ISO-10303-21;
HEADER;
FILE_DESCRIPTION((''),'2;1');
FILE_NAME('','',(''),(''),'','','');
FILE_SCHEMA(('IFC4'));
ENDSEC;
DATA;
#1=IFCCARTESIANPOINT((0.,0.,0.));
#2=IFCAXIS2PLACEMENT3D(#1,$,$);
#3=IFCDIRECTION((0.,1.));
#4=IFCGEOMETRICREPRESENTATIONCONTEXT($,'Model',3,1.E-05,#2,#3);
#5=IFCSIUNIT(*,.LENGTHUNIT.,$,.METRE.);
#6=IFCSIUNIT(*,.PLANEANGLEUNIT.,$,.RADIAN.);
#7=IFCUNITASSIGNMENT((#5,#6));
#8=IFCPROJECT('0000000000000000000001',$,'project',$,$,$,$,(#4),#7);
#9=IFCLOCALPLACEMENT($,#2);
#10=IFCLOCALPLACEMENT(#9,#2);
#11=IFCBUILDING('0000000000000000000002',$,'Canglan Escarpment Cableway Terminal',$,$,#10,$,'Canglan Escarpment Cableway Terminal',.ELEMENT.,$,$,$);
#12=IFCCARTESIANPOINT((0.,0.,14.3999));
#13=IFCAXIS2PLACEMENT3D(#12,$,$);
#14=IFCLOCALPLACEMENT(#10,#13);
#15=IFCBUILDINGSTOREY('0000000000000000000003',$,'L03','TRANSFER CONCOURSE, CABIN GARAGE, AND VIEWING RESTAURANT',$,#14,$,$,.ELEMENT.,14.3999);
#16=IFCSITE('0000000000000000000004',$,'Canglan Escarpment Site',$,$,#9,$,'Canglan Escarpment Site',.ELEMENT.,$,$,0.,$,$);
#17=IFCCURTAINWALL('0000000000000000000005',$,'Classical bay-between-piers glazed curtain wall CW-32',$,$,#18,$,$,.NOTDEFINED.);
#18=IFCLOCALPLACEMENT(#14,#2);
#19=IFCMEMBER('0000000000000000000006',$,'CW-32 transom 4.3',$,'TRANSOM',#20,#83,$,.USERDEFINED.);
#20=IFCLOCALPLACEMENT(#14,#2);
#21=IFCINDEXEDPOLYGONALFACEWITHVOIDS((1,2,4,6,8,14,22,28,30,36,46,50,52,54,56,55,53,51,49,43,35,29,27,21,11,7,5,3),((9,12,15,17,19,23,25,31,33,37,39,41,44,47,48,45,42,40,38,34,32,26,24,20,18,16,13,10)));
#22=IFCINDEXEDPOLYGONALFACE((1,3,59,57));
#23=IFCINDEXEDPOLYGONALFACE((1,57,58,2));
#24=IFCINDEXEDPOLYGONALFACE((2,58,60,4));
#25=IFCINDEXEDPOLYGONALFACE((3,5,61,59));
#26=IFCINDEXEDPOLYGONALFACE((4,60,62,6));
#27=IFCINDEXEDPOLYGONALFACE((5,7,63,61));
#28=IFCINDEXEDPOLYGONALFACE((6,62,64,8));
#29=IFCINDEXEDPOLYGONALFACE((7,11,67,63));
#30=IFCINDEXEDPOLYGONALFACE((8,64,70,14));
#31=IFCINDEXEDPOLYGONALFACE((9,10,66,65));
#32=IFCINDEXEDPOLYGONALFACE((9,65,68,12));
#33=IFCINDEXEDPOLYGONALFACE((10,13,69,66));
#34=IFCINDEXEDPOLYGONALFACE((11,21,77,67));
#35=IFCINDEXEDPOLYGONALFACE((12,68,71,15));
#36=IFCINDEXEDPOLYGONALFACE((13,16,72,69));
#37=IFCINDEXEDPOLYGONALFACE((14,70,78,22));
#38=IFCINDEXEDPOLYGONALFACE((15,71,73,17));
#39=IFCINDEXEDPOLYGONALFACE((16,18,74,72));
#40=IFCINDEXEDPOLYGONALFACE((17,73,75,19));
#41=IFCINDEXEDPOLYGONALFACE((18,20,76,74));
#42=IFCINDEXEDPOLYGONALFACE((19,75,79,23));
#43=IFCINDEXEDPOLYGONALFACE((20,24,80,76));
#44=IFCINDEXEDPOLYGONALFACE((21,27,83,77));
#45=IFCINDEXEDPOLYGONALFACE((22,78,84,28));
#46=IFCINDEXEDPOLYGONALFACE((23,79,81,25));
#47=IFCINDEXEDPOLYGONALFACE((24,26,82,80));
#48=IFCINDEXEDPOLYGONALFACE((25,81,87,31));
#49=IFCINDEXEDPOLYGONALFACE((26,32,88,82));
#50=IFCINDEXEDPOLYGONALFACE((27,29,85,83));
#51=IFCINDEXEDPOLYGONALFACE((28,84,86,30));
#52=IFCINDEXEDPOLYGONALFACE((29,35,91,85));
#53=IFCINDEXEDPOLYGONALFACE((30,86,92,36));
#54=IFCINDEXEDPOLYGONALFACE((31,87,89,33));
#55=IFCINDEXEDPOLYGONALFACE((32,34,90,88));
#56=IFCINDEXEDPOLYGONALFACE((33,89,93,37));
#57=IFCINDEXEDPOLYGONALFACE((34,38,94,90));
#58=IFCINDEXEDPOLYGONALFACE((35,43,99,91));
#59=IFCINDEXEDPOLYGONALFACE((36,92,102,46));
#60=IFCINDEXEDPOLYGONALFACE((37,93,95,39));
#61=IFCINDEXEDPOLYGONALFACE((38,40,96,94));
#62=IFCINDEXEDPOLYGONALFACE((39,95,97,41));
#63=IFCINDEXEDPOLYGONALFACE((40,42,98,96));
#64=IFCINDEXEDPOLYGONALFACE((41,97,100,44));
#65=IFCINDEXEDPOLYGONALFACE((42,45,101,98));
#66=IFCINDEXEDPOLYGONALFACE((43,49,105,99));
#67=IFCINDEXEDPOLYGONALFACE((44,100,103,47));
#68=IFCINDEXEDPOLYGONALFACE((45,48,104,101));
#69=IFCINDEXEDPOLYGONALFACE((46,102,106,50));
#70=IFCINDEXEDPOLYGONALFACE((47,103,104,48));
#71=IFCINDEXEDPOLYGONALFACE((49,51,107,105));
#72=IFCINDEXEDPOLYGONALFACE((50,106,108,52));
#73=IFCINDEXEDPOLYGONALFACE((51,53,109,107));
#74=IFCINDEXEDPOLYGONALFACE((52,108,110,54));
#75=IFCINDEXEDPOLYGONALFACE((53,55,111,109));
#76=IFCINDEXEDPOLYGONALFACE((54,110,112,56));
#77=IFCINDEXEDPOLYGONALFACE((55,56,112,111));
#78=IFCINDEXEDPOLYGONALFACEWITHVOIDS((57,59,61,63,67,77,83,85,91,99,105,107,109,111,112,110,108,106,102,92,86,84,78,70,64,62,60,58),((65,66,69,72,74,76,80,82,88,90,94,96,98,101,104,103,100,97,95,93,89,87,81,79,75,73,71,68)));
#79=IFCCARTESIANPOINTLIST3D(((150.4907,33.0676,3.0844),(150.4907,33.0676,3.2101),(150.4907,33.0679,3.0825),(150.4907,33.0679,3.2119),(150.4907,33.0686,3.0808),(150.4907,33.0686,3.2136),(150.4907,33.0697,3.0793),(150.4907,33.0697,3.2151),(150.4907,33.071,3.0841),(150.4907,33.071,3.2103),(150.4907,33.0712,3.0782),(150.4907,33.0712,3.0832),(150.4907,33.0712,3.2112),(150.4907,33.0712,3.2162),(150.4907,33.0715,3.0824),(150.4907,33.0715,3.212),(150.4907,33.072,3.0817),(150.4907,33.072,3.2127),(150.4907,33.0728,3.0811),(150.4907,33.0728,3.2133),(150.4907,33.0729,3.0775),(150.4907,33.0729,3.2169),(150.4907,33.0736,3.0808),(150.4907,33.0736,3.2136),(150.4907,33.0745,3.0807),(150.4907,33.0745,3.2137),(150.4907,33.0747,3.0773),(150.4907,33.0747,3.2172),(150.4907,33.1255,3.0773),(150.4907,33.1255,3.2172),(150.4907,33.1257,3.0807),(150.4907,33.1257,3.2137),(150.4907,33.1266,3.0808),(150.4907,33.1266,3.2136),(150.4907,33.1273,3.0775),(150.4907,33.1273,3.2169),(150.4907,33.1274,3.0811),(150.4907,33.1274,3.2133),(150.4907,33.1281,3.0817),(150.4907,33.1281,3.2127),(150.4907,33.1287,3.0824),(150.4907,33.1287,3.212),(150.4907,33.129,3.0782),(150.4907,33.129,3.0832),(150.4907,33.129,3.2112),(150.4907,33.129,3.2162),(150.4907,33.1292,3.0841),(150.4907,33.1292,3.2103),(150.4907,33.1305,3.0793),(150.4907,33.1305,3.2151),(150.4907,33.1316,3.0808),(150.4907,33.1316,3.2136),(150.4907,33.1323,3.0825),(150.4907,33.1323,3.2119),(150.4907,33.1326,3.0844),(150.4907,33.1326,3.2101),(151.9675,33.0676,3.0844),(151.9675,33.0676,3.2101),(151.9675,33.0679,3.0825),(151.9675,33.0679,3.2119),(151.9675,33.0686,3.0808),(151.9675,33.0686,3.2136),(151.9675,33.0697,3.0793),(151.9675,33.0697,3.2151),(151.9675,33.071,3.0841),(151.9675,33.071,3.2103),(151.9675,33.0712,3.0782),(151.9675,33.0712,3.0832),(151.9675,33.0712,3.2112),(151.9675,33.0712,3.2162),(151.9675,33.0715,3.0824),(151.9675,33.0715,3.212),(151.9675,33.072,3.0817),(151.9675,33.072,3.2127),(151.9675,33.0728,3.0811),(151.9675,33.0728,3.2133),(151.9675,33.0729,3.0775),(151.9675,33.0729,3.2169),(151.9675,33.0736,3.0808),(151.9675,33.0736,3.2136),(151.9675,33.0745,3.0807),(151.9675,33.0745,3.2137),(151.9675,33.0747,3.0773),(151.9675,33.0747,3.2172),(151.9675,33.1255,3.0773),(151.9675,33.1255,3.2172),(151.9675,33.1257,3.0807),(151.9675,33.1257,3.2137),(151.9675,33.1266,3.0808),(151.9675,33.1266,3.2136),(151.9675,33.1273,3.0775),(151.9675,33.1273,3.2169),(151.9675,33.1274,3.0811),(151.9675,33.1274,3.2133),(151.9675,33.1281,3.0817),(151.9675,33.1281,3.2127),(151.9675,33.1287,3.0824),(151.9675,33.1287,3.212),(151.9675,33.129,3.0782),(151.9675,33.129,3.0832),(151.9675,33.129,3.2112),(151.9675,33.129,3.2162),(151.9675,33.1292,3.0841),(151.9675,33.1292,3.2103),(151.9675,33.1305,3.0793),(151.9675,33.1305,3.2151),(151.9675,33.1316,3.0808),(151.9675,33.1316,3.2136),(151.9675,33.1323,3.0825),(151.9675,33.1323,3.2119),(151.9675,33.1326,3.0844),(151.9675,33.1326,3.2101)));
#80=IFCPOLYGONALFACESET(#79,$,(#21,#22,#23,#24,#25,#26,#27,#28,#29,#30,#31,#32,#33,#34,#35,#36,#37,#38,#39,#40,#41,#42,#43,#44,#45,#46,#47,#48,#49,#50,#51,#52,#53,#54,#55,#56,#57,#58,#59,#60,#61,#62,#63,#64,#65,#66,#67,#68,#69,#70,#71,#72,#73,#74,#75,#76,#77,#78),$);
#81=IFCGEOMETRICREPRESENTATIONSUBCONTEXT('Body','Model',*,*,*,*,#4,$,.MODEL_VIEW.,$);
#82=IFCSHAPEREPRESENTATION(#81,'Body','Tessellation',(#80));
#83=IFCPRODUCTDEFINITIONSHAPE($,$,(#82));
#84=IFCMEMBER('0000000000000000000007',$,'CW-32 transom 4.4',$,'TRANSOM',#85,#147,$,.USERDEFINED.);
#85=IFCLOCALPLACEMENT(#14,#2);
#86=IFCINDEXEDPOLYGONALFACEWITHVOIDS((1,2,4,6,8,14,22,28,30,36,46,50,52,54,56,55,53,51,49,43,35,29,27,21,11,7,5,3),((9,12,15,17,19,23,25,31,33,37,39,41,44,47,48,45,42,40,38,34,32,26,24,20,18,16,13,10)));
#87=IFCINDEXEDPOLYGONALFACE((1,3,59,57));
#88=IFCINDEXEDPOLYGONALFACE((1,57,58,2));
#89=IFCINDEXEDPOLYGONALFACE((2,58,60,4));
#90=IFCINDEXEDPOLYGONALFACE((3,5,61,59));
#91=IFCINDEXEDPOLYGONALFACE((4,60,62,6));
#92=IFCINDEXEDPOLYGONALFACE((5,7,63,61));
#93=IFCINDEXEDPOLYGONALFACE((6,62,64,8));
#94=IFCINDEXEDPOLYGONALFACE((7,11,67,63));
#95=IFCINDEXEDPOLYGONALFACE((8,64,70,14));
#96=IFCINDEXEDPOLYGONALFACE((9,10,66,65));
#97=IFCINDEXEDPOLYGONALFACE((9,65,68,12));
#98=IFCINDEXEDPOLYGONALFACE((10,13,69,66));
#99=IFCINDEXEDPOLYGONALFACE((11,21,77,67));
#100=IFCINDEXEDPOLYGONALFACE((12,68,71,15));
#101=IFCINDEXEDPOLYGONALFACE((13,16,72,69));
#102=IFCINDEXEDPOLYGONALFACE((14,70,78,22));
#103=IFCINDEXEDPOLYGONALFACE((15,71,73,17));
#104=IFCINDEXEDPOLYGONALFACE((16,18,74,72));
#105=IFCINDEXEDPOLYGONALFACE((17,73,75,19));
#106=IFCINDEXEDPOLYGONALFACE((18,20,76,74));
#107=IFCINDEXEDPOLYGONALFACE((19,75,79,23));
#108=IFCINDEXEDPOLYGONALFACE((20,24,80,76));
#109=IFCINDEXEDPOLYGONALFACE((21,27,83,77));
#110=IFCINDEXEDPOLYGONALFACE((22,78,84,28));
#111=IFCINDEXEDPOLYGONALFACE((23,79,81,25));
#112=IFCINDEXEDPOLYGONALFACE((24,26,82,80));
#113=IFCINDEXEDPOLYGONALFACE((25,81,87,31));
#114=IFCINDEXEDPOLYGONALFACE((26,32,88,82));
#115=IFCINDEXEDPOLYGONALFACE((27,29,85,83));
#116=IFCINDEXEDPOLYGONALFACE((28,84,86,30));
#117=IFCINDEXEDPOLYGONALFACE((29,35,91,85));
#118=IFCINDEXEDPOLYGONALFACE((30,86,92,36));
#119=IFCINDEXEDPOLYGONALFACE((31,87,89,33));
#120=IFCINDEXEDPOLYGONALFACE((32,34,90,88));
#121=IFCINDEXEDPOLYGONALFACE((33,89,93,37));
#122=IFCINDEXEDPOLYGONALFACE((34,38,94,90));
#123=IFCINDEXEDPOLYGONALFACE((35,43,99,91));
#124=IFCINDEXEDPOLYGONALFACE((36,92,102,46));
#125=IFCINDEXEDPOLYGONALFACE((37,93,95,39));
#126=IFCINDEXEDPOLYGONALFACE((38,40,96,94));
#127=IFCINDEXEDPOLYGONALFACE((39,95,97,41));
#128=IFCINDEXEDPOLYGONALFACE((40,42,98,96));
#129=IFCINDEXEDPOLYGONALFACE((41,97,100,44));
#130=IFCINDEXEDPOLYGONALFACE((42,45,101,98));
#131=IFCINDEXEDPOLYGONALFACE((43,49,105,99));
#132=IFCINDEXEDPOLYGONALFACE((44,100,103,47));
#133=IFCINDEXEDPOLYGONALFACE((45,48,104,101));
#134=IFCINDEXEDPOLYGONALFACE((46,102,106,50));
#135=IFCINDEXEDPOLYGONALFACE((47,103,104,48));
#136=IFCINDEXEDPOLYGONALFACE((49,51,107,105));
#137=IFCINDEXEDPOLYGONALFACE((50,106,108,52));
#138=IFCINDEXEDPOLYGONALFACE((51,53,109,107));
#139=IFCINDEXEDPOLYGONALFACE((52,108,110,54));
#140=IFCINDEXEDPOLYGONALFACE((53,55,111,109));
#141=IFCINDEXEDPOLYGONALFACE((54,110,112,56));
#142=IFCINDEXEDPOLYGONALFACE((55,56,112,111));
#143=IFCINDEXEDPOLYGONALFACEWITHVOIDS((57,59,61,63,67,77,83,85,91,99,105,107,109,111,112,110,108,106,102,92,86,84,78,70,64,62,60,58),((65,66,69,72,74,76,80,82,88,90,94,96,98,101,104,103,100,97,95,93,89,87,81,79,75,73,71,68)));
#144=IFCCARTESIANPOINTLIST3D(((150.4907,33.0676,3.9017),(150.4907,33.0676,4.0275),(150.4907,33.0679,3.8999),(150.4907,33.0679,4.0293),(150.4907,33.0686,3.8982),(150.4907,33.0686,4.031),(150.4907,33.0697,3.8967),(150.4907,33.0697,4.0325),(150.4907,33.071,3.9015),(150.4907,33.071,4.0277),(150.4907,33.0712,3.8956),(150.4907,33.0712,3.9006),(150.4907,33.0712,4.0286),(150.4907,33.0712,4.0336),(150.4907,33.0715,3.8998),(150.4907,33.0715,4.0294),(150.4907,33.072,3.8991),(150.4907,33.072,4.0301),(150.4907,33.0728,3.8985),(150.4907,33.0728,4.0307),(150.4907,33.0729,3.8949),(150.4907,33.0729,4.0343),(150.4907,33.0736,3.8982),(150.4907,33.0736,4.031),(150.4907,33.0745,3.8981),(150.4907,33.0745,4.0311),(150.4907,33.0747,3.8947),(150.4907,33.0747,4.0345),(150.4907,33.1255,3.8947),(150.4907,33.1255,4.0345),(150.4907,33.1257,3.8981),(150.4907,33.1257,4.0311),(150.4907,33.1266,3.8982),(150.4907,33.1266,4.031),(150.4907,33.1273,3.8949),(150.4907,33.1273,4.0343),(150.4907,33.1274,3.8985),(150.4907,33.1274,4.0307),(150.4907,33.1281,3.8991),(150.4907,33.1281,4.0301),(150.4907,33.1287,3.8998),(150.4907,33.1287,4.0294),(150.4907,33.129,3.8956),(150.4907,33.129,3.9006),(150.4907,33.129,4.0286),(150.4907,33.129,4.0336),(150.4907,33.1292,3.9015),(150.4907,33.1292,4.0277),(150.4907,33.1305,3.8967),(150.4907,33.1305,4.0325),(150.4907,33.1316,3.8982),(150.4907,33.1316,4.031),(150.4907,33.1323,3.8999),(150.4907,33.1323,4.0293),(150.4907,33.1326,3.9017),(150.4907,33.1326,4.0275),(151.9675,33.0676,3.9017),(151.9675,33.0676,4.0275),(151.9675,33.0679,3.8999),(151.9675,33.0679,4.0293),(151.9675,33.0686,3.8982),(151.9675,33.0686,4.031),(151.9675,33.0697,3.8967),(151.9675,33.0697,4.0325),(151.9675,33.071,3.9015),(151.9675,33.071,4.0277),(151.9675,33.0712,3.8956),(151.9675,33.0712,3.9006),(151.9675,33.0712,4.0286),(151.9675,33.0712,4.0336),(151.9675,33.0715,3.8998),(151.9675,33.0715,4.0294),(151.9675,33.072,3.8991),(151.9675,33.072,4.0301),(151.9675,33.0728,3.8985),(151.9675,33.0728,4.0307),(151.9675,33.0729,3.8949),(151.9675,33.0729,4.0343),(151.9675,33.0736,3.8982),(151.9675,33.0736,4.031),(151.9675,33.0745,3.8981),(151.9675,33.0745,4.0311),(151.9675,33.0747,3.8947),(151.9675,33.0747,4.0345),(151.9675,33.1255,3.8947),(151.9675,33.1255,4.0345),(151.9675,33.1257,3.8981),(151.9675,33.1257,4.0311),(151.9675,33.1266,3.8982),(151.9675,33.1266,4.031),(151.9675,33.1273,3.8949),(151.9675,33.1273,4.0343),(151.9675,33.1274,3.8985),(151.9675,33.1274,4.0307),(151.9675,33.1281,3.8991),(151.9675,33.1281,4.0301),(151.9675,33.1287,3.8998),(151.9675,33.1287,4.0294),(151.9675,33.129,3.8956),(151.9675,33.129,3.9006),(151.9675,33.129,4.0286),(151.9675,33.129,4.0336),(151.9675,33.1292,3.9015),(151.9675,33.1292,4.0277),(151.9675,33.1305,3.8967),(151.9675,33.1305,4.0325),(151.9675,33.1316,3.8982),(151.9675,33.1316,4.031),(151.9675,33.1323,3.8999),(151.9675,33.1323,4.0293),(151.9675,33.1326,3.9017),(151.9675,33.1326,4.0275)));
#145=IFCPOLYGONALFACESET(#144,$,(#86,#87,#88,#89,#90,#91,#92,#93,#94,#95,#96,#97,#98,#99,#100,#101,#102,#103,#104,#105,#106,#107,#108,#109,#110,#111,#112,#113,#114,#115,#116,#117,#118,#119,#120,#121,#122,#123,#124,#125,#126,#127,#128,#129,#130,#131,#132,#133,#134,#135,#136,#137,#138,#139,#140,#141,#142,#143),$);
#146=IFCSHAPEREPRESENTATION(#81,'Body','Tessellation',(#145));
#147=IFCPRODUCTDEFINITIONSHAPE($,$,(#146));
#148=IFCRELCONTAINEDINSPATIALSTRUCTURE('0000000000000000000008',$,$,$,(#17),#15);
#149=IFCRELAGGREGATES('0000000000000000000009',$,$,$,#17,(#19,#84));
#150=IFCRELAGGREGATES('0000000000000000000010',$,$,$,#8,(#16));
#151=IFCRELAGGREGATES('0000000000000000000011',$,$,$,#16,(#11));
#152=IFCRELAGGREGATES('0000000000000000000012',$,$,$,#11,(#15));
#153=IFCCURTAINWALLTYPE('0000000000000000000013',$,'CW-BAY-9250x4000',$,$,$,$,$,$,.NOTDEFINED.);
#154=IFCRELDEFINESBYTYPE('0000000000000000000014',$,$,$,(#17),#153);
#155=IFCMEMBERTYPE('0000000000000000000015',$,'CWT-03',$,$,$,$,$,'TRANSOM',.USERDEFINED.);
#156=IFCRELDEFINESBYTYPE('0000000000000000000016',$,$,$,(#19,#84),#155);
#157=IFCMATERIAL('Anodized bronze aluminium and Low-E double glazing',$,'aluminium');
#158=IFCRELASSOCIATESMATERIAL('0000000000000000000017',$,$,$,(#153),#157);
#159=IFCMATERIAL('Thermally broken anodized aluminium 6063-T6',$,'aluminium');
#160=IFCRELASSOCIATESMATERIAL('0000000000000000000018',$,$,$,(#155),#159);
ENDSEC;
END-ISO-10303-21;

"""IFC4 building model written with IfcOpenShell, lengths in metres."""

from ifc_helpers import new_model, si_unit, direction, frame, origin, origin_2d, place, context, subcontext, project, spatial, hollow_rectangle, extrude, material, material_profile, profile_set, type_object, element, aggregate, save


model = new_model("IFC4")

# Units and contexts
model_context = context("Model", 3, precision=1e-05, world=origin(), true_north=direction((0.0, 1.0)))
body_context = subcontext(model_context, "Body", "Model", "MODEL_VIEW")
ifc_project = project(units=[si_unit("LENGTHUNIT", "METRE"), si_unit("PLANEANGLEUNIT", "RADIAN")], contexts=[model_context])

# Site, building, storey
site_placement = place(None, origin())
site = spatial("IfcSite", under=ifc_project, at=site_placement, Name="Canglan Escarpment Site", LongName="Canglan Escarpment Site", CompositionType="ELEMENT", RefElevation=0.0)
building_placement = place(site_placement, origin())
building = spatial("IfcBuilding", under=site, at=building_placement, Name="Canglan Escarpment Cableway Terminal", LongName="Canglan Escarpment Cableway Terminal", CompositionType="ELEMENT")
storey_placement = place(building_placement, frame((0.0, 0.0, 14.3999)))
storey = spatial("IfcBuildingStorey", under=building, at=storey_placement, Name="L03", Description="TRANSFER CONCOURSE, CABIN GARAGE, AND VIEWING RESTAURANT", CompositionType="ELEMENT", Elevation=14.3999)

# Curtain wall, members
ifc_material_1 = material(Name="Anodized bronze aluminium and Low-E double glazing", Category="aluminium")
curtain_wall_type = type_object("IfcCurtainWallType", Name="CW-BAY-9250x4000", PredefinedType="NOTDEFINED", material=ifc_material_1)
curtain_wall_placement = place(storey_placement, origin())
curtain_wall = element("IfcCurtainWall", 1, at=curtain_wall_placement, inside=storey, type_object=curtain_wall_type, Name="Classical bay-between-piers glazed curtain wall CW-32", PredefinedType="NOTDEFINED")
ifc_material_2 = material(Name="Thermally broken anodized aluminium 6063-T6", Category="aluminium")
ifc_material_profile_1 = material_profile(ifc_material_2, hollow_rectangle(XDim=0.0649, YDim=0.1399, WallThickness=0.0034, InnerFilletRadius=0.0034, OuterFilletRadius=0.0071, at=origin_2d()), Name="ALU-TRAN 65x140x3.5")
ifc_profile_set_1 = profile_set([ifc_material_profile_1], Name="Thermally broken anodized aluminium 6063-T6")
member_type_1 = type_object("IfcMemberType", Name="CWT-03", ElementType="TRANSOM", PredefinedType="USERDEFINED", material=ifc_profile_set_1)
member_1_placement = place(storey_placement, frame((151.9675, 33.1001, 3.1472), z_axis=(-1.0, 0.0, 0.0), x_axis=(0.0, -1.0, 0.0)))
member_1 = element("IfcMember", 2, at=member_1_placement, type_object=member_type_1, Name="CW-32 transom 4.3", ObjectType="TRANSOM", PredefinedType="USERDEFINED", context=body_context, shape_type="SweptSolid", body=[
    extrude(hollow_rectangle(XDim=0.0649, YDim=0.1399, WallThickness=0.0034, InnerFilletRadius=0.0034, OuterFilletRadius=0.0071, at=origin_2d()), origin(), (0.0, 0.0, 1.0), 1.4768),
])
member_2_placement = place(storey_placement, frame((151.9675, 33.1001, 3.9646), z_axis=(-1.0, 0.0, 0.0), x_axis=(0.0, -1.0, 0.0)))
member_2 = element("IfcMember", 3, at=member_2_placement, type_object=member_type_1, Name="CW-32 transom 4.4", ObjectType="TRANSOM", PredefinedType="USERDEFINED", context=body_context, shape_type="SweptSolid", body=[
    extrude(hollow_rectangle(XDim=0.0649, YDim=0.1399, WallThickness=0.0034, InnerFilletRadius=0.0034, OuterFilletRadius=0.0071, at=origin_2d()), origin(), (0.0, 0.0, 1.0), 1.4768),
])
aggregate(curtain_wall, [member_1, member_2])

save(model, "model.ifc")
